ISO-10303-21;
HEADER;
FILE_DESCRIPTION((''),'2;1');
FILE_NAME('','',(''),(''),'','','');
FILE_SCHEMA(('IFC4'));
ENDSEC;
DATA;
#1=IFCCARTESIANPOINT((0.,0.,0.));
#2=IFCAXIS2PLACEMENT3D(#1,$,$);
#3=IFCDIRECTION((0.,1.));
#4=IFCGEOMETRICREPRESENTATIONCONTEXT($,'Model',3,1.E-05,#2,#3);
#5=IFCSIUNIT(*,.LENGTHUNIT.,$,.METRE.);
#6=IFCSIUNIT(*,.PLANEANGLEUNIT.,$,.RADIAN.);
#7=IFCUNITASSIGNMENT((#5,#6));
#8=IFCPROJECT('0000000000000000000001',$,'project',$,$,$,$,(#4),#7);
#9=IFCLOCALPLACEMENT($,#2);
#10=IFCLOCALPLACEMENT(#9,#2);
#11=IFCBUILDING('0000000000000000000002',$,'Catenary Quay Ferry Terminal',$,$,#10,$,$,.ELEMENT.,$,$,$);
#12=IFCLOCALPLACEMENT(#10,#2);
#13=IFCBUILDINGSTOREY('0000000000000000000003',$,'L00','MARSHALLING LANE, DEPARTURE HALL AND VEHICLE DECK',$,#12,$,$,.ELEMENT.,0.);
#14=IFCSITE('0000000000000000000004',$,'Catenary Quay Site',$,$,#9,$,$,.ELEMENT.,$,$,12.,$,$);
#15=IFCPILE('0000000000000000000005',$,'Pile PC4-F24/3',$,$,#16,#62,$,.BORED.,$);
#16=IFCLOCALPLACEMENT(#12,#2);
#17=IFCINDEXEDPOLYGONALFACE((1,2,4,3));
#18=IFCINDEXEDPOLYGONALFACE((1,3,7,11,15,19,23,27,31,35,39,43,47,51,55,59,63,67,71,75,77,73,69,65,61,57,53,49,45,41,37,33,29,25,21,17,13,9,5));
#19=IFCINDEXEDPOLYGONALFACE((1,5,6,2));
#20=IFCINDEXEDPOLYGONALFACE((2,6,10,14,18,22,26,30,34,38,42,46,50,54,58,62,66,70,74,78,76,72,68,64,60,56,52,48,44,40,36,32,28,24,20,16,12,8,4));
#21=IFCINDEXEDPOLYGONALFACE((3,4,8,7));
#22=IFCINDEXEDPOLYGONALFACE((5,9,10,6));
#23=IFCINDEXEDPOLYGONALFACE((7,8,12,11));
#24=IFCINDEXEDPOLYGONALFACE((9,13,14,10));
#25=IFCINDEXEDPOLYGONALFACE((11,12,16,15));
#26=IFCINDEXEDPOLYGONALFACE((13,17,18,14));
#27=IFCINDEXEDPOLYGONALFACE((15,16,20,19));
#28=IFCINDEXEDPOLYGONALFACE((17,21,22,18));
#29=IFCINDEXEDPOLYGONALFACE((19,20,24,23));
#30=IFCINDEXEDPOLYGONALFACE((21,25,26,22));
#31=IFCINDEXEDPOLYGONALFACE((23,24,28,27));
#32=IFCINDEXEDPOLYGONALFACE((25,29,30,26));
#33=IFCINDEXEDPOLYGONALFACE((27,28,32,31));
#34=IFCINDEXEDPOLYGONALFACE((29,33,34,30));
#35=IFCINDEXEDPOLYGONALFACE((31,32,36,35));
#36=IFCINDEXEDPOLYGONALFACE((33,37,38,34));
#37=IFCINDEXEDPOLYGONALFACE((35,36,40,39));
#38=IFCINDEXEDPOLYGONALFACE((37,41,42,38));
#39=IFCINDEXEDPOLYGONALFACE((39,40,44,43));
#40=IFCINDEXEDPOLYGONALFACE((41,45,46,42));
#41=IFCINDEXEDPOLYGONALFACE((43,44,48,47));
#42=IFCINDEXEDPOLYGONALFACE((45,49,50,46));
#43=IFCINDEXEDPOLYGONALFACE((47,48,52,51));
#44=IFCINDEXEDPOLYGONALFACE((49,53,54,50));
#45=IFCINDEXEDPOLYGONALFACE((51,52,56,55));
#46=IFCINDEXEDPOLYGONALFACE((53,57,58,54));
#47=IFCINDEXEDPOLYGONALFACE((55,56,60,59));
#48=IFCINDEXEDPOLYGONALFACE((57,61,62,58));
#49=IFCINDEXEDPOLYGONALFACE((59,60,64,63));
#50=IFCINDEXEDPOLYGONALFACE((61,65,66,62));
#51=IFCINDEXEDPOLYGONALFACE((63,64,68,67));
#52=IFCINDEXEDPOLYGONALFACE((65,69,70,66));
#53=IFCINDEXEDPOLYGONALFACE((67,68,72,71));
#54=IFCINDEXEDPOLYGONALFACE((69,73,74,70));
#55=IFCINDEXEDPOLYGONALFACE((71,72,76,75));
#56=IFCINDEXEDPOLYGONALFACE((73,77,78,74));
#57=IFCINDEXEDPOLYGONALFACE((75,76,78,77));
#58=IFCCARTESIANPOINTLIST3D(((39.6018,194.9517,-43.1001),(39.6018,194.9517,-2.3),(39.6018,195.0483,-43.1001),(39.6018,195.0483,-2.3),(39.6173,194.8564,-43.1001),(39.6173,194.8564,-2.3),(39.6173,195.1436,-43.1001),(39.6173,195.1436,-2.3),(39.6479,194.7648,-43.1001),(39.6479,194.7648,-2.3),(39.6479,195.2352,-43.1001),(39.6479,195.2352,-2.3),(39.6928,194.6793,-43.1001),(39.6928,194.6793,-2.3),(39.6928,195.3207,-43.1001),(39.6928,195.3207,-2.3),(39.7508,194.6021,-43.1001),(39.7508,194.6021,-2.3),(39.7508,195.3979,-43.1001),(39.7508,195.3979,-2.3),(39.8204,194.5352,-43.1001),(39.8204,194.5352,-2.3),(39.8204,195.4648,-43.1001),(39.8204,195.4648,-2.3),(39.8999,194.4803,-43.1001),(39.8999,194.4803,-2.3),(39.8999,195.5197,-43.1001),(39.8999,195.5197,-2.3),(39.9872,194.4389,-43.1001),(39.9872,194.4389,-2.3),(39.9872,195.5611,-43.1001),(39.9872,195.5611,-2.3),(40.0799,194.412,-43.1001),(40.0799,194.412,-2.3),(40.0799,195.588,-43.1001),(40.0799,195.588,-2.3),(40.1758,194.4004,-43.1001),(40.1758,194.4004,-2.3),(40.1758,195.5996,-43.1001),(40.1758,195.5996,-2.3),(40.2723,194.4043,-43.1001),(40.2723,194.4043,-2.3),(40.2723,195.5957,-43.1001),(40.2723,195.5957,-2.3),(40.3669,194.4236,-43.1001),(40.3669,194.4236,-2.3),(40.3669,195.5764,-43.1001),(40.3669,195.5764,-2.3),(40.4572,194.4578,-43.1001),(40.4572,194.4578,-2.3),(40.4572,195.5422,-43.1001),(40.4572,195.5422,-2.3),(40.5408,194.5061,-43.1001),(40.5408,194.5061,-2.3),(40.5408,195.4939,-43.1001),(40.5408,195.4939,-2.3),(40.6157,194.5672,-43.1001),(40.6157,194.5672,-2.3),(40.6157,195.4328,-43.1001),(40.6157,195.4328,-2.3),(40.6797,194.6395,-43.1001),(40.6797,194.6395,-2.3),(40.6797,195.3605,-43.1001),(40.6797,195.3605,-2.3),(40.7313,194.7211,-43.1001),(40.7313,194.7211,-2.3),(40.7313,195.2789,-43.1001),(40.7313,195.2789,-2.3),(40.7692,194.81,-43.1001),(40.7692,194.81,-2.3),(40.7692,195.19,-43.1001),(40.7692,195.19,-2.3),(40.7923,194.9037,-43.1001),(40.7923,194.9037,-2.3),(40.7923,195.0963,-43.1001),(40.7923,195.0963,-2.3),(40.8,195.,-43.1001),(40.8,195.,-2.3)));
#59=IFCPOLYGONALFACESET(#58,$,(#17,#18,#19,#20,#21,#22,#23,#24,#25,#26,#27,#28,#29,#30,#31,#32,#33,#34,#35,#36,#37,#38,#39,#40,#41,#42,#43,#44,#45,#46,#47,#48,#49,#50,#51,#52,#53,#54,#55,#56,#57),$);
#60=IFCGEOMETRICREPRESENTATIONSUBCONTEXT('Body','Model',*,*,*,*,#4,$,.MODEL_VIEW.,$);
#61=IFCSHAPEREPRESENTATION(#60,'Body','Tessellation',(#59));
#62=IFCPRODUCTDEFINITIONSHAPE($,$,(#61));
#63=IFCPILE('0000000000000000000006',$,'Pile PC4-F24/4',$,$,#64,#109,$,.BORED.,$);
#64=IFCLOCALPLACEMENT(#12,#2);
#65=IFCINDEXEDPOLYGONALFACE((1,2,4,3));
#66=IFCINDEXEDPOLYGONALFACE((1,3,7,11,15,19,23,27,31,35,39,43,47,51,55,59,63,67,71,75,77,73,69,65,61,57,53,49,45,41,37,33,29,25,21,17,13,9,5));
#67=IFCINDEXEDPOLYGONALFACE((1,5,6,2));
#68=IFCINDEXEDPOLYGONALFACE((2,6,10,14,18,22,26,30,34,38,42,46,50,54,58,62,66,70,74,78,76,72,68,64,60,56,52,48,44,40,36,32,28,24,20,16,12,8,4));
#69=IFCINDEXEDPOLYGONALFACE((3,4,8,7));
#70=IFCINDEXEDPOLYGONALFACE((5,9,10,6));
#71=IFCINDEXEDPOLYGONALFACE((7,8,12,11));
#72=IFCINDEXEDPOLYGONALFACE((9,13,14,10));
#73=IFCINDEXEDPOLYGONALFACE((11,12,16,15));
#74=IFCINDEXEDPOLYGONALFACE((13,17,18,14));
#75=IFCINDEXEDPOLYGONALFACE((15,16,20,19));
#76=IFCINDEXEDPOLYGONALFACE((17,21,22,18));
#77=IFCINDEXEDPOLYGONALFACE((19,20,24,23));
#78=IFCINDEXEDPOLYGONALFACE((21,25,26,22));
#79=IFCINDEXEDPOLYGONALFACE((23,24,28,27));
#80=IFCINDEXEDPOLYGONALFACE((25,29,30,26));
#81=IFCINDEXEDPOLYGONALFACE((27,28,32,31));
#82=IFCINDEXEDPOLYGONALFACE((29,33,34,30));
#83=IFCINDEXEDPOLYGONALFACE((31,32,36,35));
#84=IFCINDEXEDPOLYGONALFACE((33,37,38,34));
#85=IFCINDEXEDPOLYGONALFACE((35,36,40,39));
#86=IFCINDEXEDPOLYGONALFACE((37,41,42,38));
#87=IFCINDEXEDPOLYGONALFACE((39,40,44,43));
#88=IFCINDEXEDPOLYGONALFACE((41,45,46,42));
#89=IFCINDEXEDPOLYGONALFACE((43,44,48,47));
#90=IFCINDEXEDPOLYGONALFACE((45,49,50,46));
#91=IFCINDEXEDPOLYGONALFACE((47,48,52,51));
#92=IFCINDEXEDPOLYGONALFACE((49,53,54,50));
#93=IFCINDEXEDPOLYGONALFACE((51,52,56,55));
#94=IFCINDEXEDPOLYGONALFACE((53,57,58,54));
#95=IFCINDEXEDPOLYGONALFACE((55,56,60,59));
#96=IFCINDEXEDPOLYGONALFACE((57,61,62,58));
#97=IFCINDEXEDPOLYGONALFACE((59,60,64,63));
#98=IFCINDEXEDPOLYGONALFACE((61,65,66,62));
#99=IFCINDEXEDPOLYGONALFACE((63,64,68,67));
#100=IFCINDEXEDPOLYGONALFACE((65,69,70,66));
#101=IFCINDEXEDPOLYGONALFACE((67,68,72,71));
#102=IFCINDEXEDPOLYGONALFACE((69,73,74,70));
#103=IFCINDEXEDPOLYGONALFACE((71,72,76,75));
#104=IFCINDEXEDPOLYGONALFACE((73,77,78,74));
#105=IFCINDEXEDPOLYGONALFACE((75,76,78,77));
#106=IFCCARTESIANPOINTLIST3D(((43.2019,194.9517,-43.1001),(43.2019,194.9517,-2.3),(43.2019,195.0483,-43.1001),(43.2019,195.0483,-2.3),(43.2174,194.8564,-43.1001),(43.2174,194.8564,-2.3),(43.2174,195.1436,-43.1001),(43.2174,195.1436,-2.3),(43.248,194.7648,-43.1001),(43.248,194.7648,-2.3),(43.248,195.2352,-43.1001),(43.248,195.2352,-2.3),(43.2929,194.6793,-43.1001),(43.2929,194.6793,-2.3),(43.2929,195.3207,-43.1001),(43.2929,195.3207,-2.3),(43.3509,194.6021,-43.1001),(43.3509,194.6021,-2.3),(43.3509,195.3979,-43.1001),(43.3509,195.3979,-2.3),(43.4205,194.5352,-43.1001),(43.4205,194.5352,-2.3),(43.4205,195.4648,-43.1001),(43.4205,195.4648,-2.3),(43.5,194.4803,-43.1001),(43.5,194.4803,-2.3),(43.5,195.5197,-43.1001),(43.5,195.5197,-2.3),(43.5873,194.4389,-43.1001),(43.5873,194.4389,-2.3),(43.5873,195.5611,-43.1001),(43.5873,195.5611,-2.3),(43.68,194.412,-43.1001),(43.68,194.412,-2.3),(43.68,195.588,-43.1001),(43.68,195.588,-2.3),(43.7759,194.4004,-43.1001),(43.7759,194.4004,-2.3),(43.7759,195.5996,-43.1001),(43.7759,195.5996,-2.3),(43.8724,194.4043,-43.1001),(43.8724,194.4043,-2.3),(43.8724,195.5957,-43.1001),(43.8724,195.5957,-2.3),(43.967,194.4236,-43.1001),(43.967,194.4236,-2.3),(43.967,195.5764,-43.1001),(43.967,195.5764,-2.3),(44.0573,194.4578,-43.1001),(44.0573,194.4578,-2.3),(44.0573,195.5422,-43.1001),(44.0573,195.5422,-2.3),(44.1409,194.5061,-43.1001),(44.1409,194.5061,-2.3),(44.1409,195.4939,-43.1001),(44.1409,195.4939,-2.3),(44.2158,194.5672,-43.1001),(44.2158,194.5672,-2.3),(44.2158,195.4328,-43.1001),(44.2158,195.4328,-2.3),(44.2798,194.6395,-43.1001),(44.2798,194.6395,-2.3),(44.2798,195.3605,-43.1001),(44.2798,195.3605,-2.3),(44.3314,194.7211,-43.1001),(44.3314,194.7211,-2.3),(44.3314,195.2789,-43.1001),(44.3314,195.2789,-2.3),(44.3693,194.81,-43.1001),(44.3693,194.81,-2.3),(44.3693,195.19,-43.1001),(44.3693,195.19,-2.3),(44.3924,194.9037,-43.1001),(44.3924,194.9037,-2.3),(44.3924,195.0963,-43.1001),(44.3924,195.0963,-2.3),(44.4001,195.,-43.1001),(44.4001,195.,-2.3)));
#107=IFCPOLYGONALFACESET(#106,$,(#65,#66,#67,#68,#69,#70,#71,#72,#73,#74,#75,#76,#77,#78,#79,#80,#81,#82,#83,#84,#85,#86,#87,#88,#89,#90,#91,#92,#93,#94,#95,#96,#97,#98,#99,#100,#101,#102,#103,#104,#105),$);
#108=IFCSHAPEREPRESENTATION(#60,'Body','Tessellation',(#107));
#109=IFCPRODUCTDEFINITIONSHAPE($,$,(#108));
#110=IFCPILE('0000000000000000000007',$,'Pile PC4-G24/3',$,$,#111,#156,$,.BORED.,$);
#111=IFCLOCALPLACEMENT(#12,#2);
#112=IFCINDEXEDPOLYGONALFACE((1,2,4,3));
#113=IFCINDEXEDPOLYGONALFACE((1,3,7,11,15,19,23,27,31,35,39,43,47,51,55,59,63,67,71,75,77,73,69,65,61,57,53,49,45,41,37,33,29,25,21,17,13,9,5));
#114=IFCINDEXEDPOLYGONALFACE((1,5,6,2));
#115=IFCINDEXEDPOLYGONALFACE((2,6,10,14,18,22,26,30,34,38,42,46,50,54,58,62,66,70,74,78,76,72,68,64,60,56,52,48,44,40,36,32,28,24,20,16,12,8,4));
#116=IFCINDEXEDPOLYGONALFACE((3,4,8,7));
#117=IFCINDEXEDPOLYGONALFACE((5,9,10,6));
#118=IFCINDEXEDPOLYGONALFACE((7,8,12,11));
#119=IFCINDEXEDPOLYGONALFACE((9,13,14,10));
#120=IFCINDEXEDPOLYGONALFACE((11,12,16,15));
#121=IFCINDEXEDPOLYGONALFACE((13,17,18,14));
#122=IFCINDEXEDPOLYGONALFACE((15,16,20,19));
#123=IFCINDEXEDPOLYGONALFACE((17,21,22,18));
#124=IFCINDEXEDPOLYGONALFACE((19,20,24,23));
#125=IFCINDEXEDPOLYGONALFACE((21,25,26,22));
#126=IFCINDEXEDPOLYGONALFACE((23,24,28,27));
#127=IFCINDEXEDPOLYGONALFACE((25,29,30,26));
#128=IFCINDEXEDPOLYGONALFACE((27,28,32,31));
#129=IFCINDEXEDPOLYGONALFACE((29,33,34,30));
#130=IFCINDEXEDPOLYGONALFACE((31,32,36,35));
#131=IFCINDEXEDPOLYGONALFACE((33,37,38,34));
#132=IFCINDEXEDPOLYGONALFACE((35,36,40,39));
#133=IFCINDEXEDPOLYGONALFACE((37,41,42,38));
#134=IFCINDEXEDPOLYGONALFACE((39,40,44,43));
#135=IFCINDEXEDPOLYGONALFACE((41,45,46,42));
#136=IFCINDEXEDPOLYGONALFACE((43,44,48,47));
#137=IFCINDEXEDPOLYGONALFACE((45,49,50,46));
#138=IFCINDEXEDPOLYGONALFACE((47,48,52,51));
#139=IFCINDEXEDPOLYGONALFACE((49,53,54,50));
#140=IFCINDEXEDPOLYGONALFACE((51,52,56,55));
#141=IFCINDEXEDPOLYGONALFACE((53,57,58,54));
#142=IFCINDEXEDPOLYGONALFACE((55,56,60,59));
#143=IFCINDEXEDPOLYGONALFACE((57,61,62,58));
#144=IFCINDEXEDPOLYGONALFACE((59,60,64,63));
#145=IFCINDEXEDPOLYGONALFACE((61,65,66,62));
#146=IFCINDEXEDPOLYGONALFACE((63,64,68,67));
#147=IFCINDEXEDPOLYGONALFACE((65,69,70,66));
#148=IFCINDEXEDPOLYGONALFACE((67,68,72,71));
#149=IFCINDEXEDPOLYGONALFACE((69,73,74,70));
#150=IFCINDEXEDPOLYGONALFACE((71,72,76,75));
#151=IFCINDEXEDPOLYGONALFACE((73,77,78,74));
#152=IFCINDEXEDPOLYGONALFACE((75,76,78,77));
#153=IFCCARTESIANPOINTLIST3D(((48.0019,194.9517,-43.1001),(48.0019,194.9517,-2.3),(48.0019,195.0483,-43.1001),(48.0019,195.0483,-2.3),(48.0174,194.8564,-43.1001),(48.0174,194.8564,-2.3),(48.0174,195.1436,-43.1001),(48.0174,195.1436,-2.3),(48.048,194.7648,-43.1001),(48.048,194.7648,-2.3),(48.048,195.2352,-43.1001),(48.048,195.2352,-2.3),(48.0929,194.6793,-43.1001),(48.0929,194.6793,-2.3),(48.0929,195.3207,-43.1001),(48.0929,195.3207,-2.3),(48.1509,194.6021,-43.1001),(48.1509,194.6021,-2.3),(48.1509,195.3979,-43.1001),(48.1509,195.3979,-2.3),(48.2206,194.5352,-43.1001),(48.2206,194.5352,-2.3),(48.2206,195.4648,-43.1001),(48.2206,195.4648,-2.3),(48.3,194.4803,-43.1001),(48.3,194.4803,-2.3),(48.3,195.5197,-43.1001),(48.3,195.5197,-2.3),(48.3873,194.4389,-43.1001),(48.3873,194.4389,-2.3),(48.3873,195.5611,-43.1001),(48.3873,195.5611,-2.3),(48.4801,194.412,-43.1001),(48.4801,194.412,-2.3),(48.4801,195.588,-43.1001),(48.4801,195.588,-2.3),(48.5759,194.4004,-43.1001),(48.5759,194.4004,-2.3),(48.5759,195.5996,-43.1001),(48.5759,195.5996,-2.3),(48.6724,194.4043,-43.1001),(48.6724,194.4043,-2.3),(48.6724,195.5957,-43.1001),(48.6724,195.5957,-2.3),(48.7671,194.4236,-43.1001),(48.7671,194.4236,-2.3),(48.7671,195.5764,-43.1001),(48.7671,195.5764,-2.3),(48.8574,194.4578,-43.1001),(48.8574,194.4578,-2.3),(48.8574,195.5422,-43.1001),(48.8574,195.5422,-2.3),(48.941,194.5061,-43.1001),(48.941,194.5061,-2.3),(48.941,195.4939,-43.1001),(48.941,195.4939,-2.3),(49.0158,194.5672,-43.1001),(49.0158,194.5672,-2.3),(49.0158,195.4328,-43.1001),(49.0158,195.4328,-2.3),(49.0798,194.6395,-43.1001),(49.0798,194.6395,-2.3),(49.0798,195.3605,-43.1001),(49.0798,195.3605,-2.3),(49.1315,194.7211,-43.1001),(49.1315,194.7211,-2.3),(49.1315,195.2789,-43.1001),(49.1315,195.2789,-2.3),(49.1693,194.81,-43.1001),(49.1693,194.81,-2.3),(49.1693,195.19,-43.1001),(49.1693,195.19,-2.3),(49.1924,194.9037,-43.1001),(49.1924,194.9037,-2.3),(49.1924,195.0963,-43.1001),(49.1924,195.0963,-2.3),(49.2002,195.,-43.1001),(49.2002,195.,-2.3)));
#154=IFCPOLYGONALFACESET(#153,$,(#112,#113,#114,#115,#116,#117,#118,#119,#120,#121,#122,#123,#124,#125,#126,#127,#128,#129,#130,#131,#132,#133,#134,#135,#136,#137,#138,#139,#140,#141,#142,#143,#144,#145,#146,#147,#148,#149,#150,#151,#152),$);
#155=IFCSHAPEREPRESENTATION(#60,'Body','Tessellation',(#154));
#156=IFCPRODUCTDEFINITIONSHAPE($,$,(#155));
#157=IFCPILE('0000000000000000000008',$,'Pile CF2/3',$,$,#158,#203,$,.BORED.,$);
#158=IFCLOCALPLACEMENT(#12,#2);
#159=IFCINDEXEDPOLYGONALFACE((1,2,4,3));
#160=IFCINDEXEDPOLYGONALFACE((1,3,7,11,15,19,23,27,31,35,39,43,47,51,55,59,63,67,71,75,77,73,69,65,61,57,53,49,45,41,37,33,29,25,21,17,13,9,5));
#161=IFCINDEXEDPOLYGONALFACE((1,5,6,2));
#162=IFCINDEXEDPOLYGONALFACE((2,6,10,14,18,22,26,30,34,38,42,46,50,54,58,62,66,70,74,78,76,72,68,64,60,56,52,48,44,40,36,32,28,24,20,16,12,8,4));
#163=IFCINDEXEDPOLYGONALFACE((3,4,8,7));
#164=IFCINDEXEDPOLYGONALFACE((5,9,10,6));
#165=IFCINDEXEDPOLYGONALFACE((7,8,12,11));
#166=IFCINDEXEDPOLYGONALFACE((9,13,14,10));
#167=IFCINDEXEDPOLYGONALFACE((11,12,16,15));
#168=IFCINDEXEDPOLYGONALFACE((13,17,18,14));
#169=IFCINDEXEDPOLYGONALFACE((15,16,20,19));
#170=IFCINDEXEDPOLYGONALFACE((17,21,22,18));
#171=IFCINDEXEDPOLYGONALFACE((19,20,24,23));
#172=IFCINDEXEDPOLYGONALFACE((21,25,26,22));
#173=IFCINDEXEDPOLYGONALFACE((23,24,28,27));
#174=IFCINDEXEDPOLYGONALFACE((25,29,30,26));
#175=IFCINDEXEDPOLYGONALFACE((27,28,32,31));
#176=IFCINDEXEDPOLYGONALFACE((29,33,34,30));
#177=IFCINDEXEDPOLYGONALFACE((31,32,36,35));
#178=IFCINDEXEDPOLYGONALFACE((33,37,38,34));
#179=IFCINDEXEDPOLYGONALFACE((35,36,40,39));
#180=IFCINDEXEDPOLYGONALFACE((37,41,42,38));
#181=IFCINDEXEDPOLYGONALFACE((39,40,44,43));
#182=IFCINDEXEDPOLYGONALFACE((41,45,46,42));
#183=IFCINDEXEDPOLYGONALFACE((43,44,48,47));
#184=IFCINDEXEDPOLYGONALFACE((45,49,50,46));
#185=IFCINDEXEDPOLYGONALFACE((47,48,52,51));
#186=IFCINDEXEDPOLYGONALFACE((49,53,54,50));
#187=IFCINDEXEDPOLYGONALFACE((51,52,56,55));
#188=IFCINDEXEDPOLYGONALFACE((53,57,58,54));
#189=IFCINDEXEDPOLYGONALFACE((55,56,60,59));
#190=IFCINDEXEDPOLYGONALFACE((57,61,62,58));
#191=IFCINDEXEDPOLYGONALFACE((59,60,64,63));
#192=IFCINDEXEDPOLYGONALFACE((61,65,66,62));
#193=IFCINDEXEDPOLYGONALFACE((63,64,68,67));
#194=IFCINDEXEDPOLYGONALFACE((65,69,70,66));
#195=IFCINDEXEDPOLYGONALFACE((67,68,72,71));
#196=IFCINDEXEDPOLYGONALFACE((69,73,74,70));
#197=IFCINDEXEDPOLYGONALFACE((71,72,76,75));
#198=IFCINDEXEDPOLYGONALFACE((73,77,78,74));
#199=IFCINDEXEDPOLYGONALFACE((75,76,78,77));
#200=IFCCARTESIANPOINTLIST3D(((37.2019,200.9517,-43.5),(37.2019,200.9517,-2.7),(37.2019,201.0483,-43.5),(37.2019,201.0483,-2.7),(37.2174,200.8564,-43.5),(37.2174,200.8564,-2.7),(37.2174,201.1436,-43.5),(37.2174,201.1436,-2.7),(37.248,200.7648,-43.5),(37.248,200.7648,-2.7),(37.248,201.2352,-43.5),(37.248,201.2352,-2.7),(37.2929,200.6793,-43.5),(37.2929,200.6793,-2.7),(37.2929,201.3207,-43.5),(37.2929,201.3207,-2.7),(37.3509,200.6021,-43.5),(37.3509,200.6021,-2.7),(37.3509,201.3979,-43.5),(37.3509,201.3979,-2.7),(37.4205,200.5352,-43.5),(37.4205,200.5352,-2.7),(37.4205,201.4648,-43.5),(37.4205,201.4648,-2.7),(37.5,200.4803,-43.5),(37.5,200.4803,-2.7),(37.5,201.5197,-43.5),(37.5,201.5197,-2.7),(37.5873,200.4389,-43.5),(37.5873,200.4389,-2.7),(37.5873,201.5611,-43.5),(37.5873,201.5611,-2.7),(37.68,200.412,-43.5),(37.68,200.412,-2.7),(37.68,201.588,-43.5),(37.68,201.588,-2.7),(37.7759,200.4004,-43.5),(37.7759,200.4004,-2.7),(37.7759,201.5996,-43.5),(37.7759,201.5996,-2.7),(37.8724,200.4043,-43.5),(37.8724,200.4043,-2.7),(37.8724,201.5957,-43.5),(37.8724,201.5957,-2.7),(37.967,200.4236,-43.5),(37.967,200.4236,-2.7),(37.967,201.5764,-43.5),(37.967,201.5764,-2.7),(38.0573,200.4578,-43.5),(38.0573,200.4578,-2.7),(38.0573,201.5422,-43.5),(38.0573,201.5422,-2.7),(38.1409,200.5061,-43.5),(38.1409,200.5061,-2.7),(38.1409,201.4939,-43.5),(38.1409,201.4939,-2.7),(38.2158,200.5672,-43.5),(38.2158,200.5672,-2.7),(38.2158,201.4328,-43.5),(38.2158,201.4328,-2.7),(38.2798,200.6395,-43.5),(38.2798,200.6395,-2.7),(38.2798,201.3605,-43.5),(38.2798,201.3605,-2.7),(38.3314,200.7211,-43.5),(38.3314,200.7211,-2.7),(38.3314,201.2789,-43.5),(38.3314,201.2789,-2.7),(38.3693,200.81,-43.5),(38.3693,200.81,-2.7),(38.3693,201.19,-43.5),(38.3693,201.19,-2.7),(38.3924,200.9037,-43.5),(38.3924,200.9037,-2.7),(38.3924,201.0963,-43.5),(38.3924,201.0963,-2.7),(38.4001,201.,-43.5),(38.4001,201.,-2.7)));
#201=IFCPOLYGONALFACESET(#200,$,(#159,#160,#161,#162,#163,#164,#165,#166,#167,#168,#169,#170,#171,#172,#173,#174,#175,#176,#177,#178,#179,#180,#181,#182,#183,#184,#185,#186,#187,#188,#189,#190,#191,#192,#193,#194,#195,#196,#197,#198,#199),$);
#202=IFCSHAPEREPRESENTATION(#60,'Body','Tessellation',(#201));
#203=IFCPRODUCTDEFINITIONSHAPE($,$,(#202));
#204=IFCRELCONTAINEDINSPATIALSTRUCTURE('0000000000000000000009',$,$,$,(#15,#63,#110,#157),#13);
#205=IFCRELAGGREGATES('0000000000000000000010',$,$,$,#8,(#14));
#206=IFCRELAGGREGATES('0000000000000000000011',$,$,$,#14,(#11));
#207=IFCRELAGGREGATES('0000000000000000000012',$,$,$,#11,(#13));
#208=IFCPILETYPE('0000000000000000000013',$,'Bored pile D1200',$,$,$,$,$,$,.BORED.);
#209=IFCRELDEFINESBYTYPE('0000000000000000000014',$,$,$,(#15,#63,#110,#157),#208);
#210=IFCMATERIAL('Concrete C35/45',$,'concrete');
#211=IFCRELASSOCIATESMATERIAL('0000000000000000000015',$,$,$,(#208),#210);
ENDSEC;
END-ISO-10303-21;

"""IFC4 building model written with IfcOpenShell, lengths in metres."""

from ifc_helpers import new_model, si_unit, direction, frame, origin, origin_2d, place, context, subcontext, project, spatial, circle, extrude, material, material_profile, profile_set, type_object, element, save


model = new_model("IFC4")

# Units and contexts
model_context = context("Model", 3, precision=1e-05, world=origin(), true_north=direction((0.0, 1.0)))
body_context = subcontext(model_context, "Body", "Model", "MODEL_VIEW")
ifc_project = project(units=[si_unit("LENGTHUNIT", "METRE"), si_unit("PLANEANGLEUNIT", "RADIAN")], contexts=[model_context])

# Site, building, storey
site_placement = place(None, origin())
site = spatial("IfcSite", under=ifc_project, at=site_placement, Name="Catenary Quay Site", CompositionType="ELEMENT", RefElevation=12.0)
building_placement = place(site_placement, origin())
building = spatial("IfcBuilding", under=site, at=building_placement, Name="Catenary Quay Ferry Terminal", CompositionType="ELEMENT")
storey_placement = place(building_placement, origin())
storey = spatial("IfcBuildingStorey", under=building, at=storey_placement, Name="L00", Description="MARSHALLING LANE, DEPARTURE HALL AND VEHICLE DECK", CompositionType="ELEMENT", Elevation=0.0)

# Piles
ifc_material_1 = material(Name="Concrete C35/45", Category="concrete")
ifc_material_profile_1 = material_profile(ifc_material_1, circle(Radius=0.6001, at=origin_2d()), Name="D1200")
ifc_profile_set_1 = profile_set([ifc_material_profile_1], Name="Concrete C35/45")
pile_type = type_object("IfcPileType", Name="Bored pile D1200", PredefinedType="BORED", material=ifc_profile_set_1)
for number, where, z_axis, x_axis, name in (
    (1, (40.2, 195.0, -2.3), (0.0, 0.0, -1.0), (1.0, 0.0, 0.0), "Pile PC4-F24/3"),
    (2, (43.8, 195.0, -2.3), (0.0, 0.0, -1.0), (1.0, 0.0, 0.0), "Pile PC4-F24/4"),
    (3, (48.6001, 195.0, -2.3), (0.0, 0.0, -1.0), (1.0, 0.0, 0.0), "Pile PC4-G24/3"),
    (4, (37.8, 201.0, -2.7), (0.0, 0.0, -1.0), (1.0, 0.0, 0.0), "Pile CF2/3"),
):
    element("IfcPile", number, at=place(storey_placement, frame(where, z_axis=z_axis, x_axis=x_axis)), inside=storey, type_object=pile_type, Name=name, PredefinedType="BORED", context=body_context, shape_type="SweptSolid", body=[
        extrude(circle(Radius=0.6001, at=origin_2d()), origin(), (0.0, 0.0, 1.0), 40.8),
    ])

save(model, "model.ifc")
